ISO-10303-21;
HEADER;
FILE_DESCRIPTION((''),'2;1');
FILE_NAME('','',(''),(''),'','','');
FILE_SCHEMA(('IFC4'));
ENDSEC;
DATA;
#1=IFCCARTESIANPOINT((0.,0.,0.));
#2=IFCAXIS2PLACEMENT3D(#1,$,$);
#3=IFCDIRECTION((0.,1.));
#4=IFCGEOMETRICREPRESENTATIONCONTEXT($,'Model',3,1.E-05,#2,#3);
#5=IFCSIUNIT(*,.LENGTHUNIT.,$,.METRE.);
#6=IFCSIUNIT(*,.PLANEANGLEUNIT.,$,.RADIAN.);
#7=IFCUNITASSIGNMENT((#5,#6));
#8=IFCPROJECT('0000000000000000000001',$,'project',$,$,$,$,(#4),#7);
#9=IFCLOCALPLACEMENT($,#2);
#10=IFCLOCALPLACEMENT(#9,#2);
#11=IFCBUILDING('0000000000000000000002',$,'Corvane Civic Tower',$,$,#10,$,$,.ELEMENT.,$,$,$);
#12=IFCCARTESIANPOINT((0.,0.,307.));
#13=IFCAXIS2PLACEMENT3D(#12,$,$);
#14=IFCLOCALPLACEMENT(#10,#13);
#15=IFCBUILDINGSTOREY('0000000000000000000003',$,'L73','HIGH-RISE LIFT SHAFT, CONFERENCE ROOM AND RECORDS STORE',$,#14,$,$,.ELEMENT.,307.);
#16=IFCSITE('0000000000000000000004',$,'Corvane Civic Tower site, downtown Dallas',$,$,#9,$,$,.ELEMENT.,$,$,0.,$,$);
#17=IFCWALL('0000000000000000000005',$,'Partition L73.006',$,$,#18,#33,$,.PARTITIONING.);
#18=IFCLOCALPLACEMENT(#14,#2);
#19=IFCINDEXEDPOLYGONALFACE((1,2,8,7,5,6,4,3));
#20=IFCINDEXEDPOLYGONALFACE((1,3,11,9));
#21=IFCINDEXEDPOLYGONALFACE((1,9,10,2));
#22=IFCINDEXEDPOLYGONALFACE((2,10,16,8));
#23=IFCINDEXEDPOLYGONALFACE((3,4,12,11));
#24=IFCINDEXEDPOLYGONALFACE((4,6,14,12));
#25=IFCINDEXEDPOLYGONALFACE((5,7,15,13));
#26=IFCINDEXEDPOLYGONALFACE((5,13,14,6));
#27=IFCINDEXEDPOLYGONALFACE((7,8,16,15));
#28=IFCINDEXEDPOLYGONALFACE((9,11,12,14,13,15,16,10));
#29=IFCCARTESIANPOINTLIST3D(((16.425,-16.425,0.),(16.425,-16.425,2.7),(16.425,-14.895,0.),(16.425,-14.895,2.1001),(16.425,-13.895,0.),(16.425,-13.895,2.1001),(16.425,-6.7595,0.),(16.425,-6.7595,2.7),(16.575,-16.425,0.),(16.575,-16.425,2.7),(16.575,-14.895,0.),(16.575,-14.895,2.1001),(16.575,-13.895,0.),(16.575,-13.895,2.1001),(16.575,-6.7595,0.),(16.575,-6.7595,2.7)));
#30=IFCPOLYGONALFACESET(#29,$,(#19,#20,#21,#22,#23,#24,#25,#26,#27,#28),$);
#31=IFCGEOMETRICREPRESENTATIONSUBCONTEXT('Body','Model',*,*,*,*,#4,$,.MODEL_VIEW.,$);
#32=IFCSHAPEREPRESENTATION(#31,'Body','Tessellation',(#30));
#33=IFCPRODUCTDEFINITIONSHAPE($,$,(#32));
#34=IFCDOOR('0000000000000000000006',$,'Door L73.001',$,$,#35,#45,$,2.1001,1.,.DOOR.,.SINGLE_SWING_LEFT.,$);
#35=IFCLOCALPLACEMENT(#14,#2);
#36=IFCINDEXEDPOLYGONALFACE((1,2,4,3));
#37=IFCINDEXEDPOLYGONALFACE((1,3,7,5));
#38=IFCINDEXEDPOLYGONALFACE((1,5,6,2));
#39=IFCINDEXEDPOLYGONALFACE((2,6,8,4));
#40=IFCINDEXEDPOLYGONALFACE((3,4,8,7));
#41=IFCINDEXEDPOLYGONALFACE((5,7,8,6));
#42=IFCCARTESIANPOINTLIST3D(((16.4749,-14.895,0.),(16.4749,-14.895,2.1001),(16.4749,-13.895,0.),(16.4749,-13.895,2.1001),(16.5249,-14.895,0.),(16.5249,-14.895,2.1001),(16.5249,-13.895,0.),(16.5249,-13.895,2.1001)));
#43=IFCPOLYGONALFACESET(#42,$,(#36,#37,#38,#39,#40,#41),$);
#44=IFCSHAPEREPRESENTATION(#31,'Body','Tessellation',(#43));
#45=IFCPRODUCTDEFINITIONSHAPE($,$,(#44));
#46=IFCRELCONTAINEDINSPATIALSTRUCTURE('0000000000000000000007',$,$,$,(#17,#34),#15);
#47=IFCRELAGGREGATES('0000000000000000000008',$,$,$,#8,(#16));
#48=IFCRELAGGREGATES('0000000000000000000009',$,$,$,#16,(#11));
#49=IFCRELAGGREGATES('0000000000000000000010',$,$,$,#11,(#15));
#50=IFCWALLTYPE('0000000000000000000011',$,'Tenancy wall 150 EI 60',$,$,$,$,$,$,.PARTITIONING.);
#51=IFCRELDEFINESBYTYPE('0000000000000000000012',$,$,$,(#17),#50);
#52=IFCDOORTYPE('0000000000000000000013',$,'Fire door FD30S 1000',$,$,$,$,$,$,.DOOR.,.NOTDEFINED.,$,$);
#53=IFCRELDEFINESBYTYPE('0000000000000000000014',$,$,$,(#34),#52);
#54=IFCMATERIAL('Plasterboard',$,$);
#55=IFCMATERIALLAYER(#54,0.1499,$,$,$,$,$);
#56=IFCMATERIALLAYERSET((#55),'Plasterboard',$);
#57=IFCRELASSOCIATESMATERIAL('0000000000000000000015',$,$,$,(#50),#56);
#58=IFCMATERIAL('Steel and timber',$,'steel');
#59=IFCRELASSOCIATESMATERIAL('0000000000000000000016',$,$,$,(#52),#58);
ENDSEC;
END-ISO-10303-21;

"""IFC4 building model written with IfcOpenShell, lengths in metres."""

from ifc_helpers import new_model, si_unit, direction, frame, frame_2d, origin, place, context, subcontext, project, spatial, rectangle, extrude, material, layer, layer_set, type_object, element, fill, save


model = new_model("IFC4")

# Units and contexts
model_context = context("Model", 3, precision=1e-05, world=origin(), true_north=direction((0.0, 1.0)))
body_context = subcontext(model_context, "Body", "Model", "MODEL_VIEW")
ifc_project = project(units=[si_unit("LENGTHUNIT", "METRE"), si_unit("PLANEANGLEUNIT", "RADIAN")], contexts=[model_context])

# Site, building, storey
site_placement = place(None, origin())
site = spatial("IfcSite", under=ifc_project, at=site_placement, Name="Corvane Civic Tower site, downtown Dallas", CompositionType="ELEMENT", RefElevation=0.0)
building_placement = place(site_placement, origin())
building = spatial("IfcBuilding", under=site, at=building_placement, Name="Corvane Civic Tower", CompositionType="ELEMENT")
storey_placement = place(building_placement, frame((0.0, 0.0, 307.0)))
storey = spatial("IfcBuildingStorey", under=building, at=storey_placement, Name="L73", Description="HIGH-RISE LIFT SHAFT, CONFERENCE ROOM AND RECORDS STORE", CompositionType="ELEMENT", Elevation=307.0)

# Wall, opening, door
ifc_material_1 = material(Name="Plasterboard")
ifc_layer_1 = layer(ifc_material_1, 0.1499)
ifc_layer_set_1 = layer_set([ifc_layer_1], Name="Plasterboard")
wall_type_1 = type_object("IfcWallType", Name="Tenancy wall 150 EI 60", PredefinedType="PARTITIONING", material=ifc_layer_set_1)
wall_1_placement = place(storey_placement, frame((16.5, -16.425, 0.0), z_axis=(0.0, 0.0, 1.0), x_axis=(0.0, 1.0, 0.0)))
wall_1 = element("IfcWall", 1, at=wall_1_placement, inside=storey, type_object=wall_type_1, Name="Partition L73.006", PredefinedType="PARTITIONING", context=body_context, shape_type="SweptSolid", body=[
    extrude(rectangle(XDim=9.6655, YDim=0.1499, at=frame_2d((4.8328, 0.0))), origin(), (0.0, 0.0, 1.0), 2.7),
])
opening_1_placement = place(wall_1_placement, frame((1.53, 0.0, 0.0)))
opening_1 = element("IfcOpeningElement", 2, at=opening_1_placement, cuts=wall_1, PredefinedType="OPENING", context=body_context, shape_type="SweptSolid", body=[
    extrude(rectangle(XDim=1.0, YDim=2.1001, at=frame_2d((0.5, 1.05))), frame((0.0, 0.085, 0.0), z_axis=(0.0, -1.0, 0.0), x_axis=(1.0, 0.0, 0.0)), (0.0, 0.0, 1.0), 0.1699),
])
ifc_material_2 = material(Name="Steel and timber", Category="steel")
door_type_1 = type_object("IfcDoorType", Name="Fire door FD30S 1000", OperationType="NOTDEFINED", PredefinedType="DOOR", material=ifc_material_2)
door_1_placement = place(opening_1_placement, frame((1.0, 0.0, 0.0), z_axis=(0.0, 0.0, 1.0), x_axis=(-1.0, 0.0, 0.0)))
door_1 = element("IfcDoor", 3, at=door_1_placement, inside=storey, type_object=door_type_1, Name="Door L73.001", OperationType="SINGLE_SWING_LEFT", OverallHeight=2.1001, OverallWidth=1.0, PredefinedType="DOOR", context=body_context, shape_type="SweptSolid", body=[
    extrude(rectangle(XDim=1.0, YDim=2.1001, at=frame_2d((0.5, 1.05))), frame((0.0, 0.0249, 0.0), z_axis=(0.0, -1.0, 0.0), x_axis=(1.0, 0.0, 0.0)), (0.0, 0.0, 1.0), 0.05),
])
fill(opening_1, door_1)

save(model, "model.ifc")
